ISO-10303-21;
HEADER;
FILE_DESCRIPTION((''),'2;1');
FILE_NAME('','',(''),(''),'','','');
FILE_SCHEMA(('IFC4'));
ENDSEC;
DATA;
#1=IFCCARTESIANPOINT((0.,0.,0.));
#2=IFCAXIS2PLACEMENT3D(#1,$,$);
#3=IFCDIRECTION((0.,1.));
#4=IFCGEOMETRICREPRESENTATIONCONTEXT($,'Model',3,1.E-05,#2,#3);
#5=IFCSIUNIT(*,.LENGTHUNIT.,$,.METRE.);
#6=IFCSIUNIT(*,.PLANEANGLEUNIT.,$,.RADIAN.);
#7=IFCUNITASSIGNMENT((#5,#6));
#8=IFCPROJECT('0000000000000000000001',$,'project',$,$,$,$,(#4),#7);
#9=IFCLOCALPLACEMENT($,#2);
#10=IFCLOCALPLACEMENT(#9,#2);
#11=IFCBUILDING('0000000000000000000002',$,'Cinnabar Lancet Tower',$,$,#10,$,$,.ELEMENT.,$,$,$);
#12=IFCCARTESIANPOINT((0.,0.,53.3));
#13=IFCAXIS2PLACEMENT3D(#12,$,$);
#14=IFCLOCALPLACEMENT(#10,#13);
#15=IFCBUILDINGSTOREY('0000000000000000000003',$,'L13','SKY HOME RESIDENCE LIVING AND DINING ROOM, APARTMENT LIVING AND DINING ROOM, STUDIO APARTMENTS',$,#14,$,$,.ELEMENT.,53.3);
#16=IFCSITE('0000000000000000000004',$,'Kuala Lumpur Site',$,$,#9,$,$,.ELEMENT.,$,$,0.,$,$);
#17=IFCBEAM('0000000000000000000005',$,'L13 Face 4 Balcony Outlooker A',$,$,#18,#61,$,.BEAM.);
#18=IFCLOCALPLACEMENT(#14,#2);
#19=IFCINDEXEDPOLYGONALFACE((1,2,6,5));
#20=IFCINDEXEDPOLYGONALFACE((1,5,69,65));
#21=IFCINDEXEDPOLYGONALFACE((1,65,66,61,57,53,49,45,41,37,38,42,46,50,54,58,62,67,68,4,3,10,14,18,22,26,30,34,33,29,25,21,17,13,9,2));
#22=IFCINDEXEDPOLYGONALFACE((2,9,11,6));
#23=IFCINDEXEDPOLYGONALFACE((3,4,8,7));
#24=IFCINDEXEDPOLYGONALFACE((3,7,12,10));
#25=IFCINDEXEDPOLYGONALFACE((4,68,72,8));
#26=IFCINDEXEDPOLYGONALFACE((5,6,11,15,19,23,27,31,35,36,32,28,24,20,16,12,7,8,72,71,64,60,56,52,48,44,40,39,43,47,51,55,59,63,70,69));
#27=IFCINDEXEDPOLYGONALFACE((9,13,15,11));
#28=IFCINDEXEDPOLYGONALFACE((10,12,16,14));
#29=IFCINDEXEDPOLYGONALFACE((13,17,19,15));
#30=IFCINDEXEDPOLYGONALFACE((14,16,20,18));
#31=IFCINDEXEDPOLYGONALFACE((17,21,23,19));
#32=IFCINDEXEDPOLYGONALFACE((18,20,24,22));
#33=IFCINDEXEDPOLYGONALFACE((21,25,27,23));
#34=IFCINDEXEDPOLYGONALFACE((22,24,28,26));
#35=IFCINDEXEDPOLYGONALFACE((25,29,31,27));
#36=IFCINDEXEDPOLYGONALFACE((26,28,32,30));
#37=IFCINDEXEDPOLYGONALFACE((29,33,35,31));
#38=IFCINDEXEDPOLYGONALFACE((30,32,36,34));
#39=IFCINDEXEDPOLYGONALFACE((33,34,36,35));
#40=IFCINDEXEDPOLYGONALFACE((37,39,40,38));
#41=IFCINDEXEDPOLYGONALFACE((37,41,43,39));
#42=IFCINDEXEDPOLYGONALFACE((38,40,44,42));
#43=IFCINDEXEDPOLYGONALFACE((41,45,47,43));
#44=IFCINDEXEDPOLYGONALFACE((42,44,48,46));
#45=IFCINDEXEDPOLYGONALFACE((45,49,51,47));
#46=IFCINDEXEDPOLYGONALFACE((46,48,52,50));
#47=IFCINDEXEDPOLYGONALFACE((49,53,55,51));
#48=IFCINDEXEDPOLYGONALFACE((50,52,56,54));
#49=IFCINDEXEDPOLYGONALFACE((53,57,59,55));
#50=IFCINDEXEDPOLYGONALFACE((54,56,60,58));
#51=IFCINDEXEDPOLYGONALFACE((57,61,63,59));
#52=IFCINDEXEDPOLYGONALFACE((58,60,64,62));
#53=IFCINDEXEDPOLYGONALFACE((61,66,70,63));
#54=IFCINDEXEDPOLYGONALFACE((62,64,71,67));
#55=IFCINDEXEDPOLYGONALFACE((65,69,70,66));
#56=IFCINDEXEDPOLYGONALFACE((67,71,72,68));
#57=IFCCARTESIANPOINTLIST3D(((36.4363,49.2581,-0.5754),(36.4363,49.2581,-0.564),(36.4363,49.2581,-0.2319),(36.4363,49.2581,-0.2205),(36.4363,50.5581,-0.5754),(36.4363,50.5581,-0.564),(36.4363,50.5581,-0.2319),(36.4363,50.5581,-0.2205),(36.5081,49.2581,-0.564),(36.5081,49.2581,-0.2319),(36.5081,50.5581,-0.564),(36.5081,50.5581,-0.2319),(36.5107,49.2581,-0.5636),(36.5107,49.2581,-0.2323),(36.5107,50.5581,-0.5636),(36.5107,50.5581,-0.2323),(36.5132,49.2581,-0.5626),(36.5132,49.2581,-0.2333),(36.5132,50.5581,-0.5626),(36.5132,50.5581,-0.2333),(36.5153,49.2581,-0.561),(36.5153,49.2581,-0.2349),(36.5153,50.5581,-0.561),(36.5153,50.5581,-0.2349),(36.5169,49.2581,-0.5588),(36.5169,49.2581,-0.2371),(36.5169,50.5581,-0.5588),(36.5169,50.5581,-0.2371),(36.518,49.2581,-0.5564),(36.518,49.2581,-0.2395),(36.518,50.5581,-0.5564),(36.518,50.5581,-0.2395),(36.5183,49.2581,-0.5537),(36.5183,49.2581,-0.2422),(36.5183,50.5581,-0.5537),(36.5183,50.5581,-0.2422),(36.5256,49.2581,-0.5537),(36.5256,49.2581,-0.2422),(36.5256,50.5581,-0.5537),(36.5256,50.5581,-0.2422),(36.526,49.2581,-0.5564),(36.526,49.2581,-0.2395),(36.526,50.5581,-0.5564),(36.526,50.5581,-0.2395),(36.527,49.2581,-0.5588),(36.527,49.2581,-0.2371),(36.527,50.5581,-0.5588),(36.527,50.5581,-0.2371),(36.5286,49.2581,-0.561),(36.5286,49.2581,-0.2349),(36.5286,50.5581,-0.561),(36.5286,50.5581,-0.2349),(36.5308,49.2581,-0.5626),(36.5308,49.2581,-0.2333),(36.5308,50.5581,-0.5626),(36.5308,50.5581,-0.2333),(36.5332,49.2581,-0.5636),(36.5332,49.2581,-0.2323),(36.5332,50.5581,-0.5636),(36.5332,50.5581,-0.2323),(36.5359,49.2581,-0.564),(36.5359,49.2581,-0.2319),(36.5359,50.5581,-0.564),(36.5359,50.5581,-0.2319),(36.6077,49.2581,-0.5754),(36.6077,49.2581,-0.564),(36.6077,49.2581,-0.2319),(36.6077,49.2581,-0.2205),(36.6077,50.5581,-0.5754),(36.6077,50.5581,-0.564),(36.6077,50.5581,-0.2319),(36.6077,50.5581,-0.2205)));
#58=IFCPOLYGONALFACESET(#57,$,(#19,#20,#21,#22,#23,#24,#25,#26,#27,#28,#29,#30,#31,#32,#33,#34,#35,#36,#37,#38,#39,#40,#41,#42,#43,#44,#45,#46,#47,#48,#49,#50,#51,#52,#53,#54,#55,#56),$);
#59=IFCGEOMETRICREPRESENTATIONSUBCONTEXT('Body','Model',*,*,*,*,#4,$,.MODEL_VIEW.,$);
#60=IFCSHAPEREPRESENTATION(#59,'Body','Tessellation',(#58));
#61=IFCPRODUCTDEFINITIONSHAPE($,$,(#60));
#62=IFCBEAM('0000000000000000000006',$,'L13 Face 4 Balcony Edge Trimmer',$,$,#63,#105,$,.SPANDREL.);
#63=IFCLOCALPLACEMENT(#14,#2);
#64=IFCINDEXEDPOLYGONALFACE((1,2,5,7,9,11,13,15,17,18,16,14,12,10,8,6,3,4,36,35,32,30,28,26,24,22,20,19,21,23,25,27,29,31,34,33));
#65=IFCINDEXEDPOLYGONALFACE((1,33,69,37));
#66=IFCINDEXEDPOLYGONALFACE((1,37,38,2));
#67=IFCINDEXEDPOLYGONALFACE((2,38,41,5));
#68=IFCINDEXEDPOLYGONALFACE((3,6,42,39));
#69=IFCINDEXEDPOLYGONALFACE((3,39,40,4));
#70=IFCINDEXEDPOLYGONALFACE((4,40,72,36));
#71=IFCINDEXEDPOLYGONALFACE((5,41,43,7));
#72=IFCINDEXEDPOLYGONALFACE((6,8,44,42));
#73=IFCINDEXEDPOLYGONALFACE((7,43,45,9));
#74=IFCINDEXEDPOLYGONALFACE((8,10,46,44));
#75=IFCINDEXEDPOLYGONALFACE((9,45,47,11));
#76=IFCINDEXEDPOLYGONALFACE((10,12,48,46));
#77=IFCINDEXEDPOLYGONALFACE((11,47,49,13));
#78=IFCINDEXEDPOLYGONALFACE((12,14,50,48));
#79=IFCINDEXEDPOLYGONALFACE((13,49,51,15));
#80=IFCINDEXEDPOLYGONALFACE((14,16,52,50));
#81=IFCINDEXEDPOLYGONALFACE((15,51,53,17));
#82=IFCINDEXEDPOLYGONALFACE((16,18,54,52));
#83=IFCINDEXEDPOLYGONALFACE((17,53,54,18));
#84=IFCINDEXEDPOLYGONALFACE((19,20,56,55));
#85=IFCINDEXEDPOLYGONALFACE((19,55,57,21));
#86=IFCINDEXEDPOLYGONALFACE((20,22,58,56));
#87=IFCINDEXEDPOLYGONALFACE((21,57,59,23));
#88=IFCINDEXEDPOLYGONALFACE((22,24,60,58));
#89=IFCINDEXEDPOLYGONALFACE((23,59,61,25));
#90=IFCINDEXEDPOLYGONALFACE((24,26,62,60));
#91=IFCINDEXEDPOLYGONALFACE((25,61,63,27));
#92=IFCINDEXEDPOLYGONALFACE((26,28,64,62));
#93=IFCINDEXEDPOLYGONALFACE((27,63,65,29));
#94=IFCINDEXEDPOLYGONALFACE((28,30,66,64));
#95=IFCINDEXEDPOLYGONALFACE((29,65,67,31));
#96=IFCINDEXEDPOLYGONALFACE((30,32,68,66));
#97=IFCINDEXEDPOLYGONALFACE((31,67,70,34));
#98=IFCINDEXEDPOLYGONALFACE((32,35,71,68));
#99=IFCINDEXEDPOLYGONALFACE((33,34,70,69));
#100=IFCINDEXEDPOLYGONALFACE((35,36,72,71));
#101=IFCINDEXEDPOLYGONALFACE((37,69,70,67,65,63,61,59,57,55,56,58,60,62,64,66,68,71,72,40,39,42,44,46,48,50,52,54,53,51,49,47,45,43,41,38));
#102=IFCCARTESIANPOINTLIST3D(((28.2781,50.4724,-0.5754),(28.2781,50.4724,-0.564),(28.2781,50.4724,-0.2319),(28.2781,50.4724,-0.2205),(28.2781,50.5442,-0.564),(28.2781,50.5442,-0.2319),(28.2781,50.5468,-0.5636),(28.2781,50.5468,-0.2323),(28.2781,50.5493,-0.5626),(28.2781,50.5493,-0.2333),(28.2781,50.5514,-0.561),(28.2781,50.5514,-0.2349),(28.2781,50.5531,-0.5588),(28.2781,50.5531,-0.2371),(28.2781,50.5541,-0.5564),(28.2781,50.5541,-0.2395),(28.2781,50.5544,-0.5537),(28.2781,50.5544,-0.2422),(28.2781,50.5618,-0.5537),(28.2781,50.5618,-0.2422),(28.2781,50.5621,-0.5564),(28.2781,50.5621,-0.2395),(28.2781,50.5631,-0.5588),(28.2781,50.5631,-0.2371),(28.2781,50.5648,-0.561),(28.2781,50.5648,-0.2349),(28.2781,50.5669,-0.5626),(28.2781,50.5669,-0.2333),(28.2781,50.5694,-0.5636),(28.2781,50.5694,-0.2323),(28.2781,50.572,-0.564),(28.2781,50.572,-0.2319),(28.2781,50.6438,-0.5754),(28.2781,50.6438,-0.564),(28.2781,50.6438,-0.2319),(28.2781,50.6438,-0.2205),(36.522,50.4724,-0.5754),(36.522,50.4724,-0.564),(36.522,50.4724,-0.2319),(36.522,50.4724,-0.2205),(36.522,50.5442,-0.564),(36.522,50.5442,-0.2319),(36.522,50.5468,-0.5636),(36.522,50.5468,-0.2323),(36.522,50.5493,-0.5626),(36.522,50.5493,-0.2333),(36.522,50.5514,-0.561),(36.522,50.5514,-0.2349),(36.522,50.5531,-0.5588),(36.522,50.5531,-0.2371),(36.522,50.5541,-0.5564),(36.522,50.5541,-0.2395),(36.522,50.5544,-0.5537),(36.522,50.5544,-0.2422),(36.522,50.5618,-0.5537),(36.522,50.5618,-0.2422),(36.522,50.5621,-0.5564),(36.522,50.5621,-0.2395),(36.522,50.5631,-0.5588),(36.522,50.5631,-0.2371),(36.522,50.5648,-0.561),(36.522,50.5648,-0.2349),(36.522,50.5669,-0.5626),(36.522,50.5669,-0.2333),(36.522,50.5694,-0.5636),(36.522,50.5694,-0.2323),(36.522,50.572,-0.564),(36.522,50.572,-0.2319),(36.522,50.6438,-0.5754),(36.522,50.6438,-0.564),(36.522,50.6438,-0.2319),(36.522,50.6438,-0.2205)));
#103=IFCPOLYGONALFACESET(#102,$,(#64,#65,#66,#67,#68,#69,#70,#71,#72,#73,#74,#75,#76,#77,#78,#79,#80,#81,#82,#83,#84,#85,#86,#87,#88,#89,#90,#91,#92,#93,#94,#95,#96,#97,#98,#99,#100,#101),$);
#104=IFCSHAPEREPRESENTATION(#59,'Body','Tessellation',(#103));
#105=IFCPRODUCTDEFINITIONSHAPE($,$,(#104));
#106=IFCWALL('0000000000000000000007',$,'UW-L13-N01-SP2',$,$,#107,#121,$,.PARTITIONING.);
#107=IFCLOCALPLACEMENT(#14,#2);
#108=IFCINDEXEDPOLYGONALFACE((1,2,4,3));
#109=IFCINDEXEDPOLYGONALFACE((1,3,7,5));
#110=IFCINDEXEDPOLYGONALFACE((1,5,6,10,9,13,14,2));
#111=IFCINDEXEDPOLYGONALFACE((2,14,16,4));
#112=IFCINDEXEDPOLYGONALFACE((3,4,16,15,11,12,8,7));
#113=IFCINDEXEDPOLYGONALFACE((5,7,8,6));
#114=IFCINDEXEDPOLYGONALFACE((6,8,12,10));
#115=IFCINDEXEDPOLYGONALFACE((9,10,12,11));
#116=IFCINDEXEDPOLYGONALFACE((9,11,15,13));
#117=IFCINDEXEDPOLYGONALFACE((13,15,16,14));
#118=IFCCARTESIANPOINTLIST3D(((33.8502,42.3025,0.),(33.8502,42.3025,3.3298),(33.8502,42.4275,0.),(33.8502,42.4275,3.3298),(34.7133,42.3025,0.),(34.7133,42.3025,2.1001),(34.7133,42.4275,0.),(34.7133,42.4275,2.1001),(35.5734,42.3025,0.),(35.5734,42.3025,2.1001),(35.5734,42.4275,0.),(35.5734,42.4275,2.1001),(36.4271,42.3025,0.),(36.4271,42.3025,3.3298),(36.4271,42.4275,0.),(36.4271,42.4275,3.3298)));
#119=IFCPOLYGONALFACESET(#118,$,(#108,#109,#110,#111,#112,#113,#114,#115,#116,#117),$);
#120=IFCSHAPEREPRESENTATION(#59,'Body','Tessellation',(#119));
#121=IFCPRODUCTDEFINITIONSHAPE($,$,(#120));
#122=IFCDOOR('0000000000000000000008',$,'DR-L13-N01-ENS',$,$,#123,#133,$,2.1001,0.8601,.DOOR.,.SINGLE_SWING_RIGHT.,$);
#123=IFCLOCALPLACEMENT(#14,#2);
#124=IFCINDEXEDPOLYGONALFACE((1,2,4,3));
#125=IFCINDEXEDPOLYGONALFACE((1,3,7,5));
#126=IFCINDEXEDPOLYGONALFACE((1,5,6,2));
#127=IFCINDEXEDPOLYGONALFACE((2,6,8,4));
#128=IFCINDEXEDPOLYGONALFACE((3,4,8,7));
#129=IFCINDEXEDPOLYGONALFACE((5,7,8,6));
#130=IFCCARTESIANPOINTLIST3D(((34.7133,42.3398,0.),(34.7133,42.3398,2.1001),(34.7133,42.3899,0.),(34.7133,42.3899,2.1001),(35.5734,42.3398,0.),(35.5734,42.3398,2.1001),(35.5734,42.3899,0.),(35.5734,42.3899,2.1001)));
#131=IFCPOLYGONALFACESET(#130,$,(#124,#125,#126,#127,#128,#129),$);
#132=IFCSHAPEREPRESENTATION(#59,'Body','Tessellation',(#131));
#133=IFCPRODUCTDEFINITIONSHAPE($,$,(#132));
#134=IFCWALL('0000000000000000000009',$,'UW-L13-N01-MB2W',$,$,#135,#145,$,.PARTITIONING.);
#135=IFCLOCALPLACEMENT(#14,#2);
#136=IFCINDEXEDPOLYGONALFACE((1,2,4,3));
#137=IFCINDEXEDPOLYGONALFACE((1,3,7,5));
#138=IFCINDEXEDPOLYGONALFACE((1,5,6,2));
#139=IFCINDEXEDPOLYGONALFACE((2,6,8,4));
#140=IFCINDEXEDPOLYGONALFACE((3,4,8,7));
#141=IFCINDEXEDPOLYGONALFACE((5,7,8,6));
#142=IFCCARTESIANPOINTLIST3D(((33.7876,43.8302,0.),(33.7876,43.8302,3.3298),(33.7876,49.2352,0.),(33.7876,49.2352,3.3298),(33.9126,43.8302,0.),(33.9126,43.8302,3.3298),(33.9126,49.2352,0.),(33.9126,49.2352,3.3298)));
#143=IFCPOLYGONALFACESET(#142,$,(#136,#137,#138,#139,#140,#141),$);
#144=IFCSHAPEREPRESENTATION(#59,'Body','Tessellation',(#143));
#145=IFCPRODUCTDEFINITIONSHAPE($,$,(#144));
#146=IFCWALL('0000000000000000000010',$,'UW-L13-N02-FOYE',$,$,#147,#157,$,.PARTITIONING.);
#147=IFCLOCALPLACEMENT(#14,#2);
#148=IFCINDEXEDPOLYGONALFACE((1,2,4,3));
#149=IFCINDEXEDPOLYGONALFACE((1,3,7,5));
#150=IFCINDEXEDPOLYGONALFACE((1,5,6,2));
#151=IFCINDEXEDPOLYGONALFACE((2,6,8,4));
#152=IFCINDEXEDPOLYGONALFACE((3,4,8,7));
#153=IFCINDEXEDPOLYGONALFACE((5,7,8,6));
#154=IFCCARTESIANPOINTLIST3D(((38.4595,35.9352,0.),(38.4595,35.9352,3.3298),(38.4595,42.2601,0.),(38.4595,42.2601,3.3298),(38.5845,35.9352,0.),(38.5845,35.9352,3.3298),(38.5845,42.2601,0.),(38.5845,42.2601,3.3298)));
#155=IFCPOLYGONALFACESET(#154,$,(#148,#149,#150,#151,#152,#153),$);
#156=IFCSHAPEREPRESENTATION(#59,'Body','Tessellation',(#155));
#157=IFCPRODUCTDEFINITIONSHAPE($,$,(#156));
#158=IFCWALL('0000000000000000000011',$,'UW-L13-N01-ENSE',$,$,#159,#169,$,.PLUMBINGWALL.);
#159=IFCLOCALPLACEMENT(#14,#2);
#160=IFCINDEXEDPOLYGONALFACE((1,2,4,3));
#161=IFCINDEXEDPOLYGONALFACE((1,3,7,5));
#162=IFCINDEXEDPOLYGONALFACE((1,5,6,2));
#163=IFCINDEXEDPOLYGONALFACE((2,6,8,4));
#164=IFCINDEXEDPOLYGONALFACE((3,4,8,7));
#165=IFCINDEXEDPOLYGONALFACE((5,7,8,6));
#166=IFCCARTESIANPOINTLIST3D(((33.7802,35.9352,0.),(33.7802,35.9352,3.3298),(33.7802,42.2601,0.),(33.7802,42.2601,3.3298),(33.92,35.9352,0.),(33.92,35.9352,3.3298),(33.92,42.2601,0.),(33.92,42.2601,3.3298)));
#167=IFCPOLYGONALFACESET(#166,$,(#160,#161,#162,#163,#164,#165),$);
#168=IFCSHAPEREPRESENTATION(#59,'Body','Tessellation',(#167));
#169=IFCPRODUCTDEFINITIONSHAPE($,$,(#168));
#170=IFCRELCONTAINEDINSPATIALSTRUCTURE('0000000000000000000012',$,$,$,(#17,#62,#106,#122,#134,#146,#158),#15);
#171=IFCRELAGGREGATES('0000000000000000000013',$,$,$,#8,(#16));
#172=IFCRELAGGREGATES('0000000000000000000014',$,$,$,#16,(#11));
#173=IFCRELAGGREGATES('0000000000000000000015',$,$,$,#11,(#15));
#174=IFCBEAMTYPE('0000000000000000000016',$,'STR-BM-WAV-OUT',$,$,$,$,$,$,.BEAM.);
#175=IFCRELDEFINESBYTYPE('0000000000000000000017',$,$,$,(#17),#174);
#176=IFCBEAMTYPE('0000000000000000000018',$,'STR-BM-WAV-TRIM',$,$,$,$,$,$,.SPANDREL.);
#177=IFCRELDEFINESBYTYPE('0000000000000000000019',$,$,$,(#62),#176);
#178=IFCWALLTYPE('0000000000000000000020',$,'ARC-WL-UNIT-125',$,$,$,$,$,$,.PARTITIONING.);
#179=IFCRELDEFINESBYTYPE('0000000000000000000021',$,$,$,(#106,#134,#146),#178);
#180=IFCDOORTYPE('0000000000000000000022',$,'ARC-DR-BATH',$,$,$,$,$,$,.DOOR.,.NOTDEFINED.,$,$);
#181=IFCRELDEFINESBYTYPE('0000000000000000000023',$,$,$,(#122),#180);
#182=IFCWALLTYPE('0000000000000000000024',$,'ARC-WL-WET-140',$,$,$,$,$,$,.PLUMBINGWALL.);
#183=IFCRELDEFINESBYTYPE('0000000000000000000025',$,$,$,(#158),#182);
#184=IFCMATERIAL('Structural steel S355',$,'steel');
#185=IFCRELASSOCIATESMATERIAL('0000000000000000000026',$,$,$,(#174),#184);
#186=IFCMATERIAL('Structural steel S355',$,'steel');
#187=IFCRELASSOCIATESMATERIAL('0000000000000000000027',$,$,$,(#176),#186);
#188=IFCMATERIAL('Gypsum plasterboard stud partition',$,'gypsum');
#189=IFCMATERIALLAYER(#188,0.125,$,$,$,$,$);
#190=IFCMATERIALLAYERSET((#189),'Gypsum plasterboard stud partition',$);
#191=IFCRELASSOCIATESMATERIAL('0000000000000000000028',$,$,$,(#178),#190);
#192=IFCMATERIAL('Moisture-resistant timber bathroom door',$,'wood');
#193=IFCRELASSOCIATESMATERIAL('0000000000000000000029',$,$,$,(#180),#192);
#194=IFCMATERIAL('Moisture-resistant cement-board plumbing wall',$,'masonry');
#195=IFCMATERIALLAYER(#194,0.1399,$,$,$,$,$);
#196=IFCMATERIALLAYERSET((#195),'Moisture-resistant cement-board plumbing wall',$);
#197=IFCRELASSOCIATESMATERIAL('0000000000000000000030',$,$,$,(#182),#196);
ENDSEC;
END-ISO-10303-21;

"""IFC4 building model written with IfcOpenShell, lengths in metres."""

from ifc_helpers import new_model, si_unit, direction, frame, frame_2d, origin, origin_2d, place, context, subcontext, project, spatial, rectangle, i_section, extrude, material, layer, layer_set, material_profile, profile_set, type_object, element, fill, save


model = new_model("IFC4")

# Units and contexts
model_context = context("Model", 3, precision=1e-05, world=origin(), true_north=direction((0.0, 1.0)))
body_context = subcontext(model_context, "Body", "Model", "MODEL_VIEW")
ifc_project = project(units=[si_unit("LENGTHUNIT", "METRE"), si_unit("PLANEANGLEUNIT", "RADIAN")], contexts=[model_context])

# Site, building, storey
site_placement = place(None, origin())
site = spatial("IfcSite", under=ifc_project, at=site_placement, Name="Kuala Lumpur Site", CompositionType="ELEMENT", RefElevation=0.0)
building_placement = place(site_placement, origin())
building = spatial("IfcBuilding", under=site, at=building_placement, Name="Cinnabar Lancet Tower", CompositionType="ELEMENT")
storey_placement = place(building_placement, frame((0.0, 0.0, 53.3)))
storey = spatial("IfcBuildingStorey", under=building, at=storey_placement, Name="L13", Description="SKY HOME RESIDENCE LIVING AND DINING ROOM, APARTMENT LIVING AND DINING ROOM, STUDIO APARTMENTS", CompositionType="ELEMENT", Elevation=53.3)

# Beams
ifc_material_1 = material(Name="Structural steel S355", Category="steel")
ifc_material_profile_1 = material_profile(ifc_material_1, i_section(OverallWidth=0.1714, OverallDepth=0.355, WebThickness=0.0073, FlangeThickness=0.0115, FilletRadius=0.0103, at=origin_2d()), Name="UKB 356x171x51")
ifc_profile_set_1 = profile_set([ifc_material_profile_1], Name="Structural steel S355")
beam_type_1 = type_object("IfcBeamType", Name="STR-BM-WAV-OUT", PredefinedType="BEAM", material=ifc_profile_set_1)
beam_1_placement = place(storey_placement, frame((36.522, 49.2581, -0.3979), z_axis=(0.0, 1.0, 0.0), x_axis=(-1.0, 0.0, 0.0)))
element("IfcBeam", 1, at=beam_1_placement, inside=storey, type_object=beam_type_1, Name="L13 Face 4 Balcony Outlooker A", PredefinedType="BEAM", context=body_context, shape_type="SweptSolid", body=[
    extrude(i_section(OverallWidth=0.1714, OverallDepth=0.355, WebThickness=0.0073, FlangeThickness=0.0115, FilletRadius=0.0103, at=origin_2d()), origin(), (0.0, 0.0, 1.0), 1.3),
])
ifc_material_2 = material(Name="Structural steel S355", Category="steel")
ifc_material_profile_2 = material_profile(ifc_material_2, i_section(OverallWidth=0.1714, OverallDepth=0.355, WebThickness=0.0073, FlangeThickness=0.0115, FilletRadius=0.0103, at=origin_2d()), Name="UKB 356x171x51")
ifc_profile_set_2 = profile_set([ifc_material_profile_2], Name="Structural steel S355")
beam_type_2 = type_object("IfcBeamType", Name="STR-BM-WAV-TRIM", PredefinedType="SPANDREL", material=ifc_profile_set_2)
beam_2_placement = place(storey_placement, frame((36.522, 50.5581, -0.3979), z_axis=(-1.0, 0.0, 0.0), x_axis=(0.0, -1.0, 0.0)))
element("IfcBeam", 2, at=beam_2_placement, inside=storey, type_object=beam_type_2, Name="L13 Face 4 Balcony Edge Trimmer", PredefinedType="SPANDREL", context=body_context, shape_type="SweptSolid", body=[
    extrude(i_section(OverallWidth=0.1714, OverallDepth=0.355, WebThickness=0.0073, FlangeThickness=0.0115, FilletRadius=0.0103, at=origin_2d()), origin(), (0.0, 0.0, 1.0), 8.2439),
])

# Wall, opening, door
ifc_material_3 = material(Name="Gypsum plasterboard stud partition", Category="gypsum")
ifc_layer_1 = layer(ifc_material_3, 0.125)
ifc_layer_set_1 = layer_set([ifc_layer_1], Name="Gypsum plasterboard stud partition")
wall_type_1 = type_object("IfcWallType", Name="ARC-WL-UNIT-125", PredefinedType="PARTITIONING", material=ifc_layer_set_1)
wall_1_placement = place(storey_placement, frame((33.8501, 42.365, 0.0), z_axis=(0.0, 0.0, 1.0), x_axis=(1.0, 0.0, 0.0)))
wall_1 = element("IfcWall", 3, at=wall_1_placement, inside=storey, type_object=wall_type_1, Name="UW-L13-N01-SP2", PredefinedType="PARTITIONING", context=body_context, shape_type="SweptSolid", body=[
    extrude(rectangle(XDim=2.5769, YDim=0.125, at=frame_2d((1.2886, 0.0))), origin(), (0.0, 0.0, 1.0), 3.3298),
])
opening_1_placement = place(wall_1_placement, frame((0.863, 0.0, 0.0)))
opening_1 = element("IfcOpeningElement", 4, at=opening_1_placement, cuts=wall_1, PredefinedType="OPENING", context=body_context, shape_type="SweptSolid", body=[
    extrude(rectangle(XDim=0.8601, YDim=2.1001, at=frame_2d((0.4302, 1.05))), frame((0.0, 0.0725, 0.0), z_axis=(0.0, -1.0, 0.0), x_axis=(1.0, 0.0, 0.0)), (0.0, 0.0, 1.0), 0.145),
])
ifc_material_4 = material(Name="Moisture-resistant timber bathroom door", Category="wood")
door_type_1 = type_object("IfcDoorType", Name="ARC-DR-BATH", OperationType="NOTDEFINED", PredefinedType="DOOR", material=ifc_material_4)
door_1_placement = place(opening_1_placement, origin())
door_1 = element("IfcDoor", 5, at=door_1_placement, inside=storey, type_object=door_type_1, Name="DR-L13-N01-ENS", OperationType="SINGLE_SWING_RIGHT", OverallHeight=2.1001, OverallWidth=0.8601, PredefinedType="DOOR", context=body_context, shape_type="SweptSolid", body=[
    extrude(rectangle(XDim=0.8601, YDim=2.1001, at=frame_2d((0.4302, 1.05))), frame((0.0, 0.0249, 0.0), z_axis=(0.0, -1.0, 0.0), x_axis=(1.0, 0.0, 0.0)), (0.0, 0.0, 1.0), 0.05),
])
fill(opening_1, door_1)

# Walls
wall_2_placement = place(storey_placement, frame((33.8501, 43.8301, 0.0), z_axis=(0.0, 0.0, 1.0), x_axis=(0.0, 1.0, 0.0)))
element("IfcWall", 6, at=wall_2_placement, inside=storey, type_object=wall_type_1, Name="UW-L13-N01-MB2W", PredefinedType="PARTITIONING", context=body_context, shape_type="SweptSolid", body=[
    extrude(rectangle(XDim=5.405, YDim=0.125, at=frame_2d((2.7026, 0.0))), origin(), (0.0, 0.0, 1.0), 3.3298),
])
wall_3_placement = place(storey_placement, frame((38.522, 35.9351, 0.0), z_axis=(0.0, 0.0, 1.0), x_axis=(0.0, 1.0, 0.0)))
element("IfcWall", 7, at=wall_3_placement, inside=storey, type_object=wall_type_1, Name="UW-L13-N02-FOYE", PredefinedType="PARTITIONING", context=body_context, shape_type="SweptSolid", body=[
    extrude(rectangle(XDim=6.325, YDim=0.125, at=frame_2d((3.1626, 0.0))), origin(), (0.0, 0.0, 1.0), 3.3298),
])
ifc_material_5 = material(Name="Moisture-resistant cement-board plumbing wall", Category="masonry")
ifc_layer_2 = layer(ifc_material_5, 0.1399)
ifc_layer_set_2 = layer_set([ifc_layer_2], Name="Moisture-resistant cement-board plumbing wall")
wall_type_2 = type_object("IfcWallType", Name="ARC-WL-WET-140", PredefinedType="PLUMBINGWALL", material=ifc_layer_set_2)
wall_4_placement = place(storey_placement, frame((33.8501, 35.9351, 0.0), z_axis=(0.0, 0.0, 1.0), x_axis=(0.0, 1.0, 0.0)))
element("IfcWall", 8, at=wall_4_placement, inside=storey, type_object=wall_type_2, Name="UW-L13-N01-ENSE", PredefinedType="PLUMBINGWALL", context=body_context, shape_type="SweptSolid", body=[
    extrude(rectangle(XDim=6.325, YDim=0.1399, at=frame_2d((3.1626, 0.0))), origin(), (0.0, 0.0, 1.0), 3.3298),
])

save(model, "model.ifc")
